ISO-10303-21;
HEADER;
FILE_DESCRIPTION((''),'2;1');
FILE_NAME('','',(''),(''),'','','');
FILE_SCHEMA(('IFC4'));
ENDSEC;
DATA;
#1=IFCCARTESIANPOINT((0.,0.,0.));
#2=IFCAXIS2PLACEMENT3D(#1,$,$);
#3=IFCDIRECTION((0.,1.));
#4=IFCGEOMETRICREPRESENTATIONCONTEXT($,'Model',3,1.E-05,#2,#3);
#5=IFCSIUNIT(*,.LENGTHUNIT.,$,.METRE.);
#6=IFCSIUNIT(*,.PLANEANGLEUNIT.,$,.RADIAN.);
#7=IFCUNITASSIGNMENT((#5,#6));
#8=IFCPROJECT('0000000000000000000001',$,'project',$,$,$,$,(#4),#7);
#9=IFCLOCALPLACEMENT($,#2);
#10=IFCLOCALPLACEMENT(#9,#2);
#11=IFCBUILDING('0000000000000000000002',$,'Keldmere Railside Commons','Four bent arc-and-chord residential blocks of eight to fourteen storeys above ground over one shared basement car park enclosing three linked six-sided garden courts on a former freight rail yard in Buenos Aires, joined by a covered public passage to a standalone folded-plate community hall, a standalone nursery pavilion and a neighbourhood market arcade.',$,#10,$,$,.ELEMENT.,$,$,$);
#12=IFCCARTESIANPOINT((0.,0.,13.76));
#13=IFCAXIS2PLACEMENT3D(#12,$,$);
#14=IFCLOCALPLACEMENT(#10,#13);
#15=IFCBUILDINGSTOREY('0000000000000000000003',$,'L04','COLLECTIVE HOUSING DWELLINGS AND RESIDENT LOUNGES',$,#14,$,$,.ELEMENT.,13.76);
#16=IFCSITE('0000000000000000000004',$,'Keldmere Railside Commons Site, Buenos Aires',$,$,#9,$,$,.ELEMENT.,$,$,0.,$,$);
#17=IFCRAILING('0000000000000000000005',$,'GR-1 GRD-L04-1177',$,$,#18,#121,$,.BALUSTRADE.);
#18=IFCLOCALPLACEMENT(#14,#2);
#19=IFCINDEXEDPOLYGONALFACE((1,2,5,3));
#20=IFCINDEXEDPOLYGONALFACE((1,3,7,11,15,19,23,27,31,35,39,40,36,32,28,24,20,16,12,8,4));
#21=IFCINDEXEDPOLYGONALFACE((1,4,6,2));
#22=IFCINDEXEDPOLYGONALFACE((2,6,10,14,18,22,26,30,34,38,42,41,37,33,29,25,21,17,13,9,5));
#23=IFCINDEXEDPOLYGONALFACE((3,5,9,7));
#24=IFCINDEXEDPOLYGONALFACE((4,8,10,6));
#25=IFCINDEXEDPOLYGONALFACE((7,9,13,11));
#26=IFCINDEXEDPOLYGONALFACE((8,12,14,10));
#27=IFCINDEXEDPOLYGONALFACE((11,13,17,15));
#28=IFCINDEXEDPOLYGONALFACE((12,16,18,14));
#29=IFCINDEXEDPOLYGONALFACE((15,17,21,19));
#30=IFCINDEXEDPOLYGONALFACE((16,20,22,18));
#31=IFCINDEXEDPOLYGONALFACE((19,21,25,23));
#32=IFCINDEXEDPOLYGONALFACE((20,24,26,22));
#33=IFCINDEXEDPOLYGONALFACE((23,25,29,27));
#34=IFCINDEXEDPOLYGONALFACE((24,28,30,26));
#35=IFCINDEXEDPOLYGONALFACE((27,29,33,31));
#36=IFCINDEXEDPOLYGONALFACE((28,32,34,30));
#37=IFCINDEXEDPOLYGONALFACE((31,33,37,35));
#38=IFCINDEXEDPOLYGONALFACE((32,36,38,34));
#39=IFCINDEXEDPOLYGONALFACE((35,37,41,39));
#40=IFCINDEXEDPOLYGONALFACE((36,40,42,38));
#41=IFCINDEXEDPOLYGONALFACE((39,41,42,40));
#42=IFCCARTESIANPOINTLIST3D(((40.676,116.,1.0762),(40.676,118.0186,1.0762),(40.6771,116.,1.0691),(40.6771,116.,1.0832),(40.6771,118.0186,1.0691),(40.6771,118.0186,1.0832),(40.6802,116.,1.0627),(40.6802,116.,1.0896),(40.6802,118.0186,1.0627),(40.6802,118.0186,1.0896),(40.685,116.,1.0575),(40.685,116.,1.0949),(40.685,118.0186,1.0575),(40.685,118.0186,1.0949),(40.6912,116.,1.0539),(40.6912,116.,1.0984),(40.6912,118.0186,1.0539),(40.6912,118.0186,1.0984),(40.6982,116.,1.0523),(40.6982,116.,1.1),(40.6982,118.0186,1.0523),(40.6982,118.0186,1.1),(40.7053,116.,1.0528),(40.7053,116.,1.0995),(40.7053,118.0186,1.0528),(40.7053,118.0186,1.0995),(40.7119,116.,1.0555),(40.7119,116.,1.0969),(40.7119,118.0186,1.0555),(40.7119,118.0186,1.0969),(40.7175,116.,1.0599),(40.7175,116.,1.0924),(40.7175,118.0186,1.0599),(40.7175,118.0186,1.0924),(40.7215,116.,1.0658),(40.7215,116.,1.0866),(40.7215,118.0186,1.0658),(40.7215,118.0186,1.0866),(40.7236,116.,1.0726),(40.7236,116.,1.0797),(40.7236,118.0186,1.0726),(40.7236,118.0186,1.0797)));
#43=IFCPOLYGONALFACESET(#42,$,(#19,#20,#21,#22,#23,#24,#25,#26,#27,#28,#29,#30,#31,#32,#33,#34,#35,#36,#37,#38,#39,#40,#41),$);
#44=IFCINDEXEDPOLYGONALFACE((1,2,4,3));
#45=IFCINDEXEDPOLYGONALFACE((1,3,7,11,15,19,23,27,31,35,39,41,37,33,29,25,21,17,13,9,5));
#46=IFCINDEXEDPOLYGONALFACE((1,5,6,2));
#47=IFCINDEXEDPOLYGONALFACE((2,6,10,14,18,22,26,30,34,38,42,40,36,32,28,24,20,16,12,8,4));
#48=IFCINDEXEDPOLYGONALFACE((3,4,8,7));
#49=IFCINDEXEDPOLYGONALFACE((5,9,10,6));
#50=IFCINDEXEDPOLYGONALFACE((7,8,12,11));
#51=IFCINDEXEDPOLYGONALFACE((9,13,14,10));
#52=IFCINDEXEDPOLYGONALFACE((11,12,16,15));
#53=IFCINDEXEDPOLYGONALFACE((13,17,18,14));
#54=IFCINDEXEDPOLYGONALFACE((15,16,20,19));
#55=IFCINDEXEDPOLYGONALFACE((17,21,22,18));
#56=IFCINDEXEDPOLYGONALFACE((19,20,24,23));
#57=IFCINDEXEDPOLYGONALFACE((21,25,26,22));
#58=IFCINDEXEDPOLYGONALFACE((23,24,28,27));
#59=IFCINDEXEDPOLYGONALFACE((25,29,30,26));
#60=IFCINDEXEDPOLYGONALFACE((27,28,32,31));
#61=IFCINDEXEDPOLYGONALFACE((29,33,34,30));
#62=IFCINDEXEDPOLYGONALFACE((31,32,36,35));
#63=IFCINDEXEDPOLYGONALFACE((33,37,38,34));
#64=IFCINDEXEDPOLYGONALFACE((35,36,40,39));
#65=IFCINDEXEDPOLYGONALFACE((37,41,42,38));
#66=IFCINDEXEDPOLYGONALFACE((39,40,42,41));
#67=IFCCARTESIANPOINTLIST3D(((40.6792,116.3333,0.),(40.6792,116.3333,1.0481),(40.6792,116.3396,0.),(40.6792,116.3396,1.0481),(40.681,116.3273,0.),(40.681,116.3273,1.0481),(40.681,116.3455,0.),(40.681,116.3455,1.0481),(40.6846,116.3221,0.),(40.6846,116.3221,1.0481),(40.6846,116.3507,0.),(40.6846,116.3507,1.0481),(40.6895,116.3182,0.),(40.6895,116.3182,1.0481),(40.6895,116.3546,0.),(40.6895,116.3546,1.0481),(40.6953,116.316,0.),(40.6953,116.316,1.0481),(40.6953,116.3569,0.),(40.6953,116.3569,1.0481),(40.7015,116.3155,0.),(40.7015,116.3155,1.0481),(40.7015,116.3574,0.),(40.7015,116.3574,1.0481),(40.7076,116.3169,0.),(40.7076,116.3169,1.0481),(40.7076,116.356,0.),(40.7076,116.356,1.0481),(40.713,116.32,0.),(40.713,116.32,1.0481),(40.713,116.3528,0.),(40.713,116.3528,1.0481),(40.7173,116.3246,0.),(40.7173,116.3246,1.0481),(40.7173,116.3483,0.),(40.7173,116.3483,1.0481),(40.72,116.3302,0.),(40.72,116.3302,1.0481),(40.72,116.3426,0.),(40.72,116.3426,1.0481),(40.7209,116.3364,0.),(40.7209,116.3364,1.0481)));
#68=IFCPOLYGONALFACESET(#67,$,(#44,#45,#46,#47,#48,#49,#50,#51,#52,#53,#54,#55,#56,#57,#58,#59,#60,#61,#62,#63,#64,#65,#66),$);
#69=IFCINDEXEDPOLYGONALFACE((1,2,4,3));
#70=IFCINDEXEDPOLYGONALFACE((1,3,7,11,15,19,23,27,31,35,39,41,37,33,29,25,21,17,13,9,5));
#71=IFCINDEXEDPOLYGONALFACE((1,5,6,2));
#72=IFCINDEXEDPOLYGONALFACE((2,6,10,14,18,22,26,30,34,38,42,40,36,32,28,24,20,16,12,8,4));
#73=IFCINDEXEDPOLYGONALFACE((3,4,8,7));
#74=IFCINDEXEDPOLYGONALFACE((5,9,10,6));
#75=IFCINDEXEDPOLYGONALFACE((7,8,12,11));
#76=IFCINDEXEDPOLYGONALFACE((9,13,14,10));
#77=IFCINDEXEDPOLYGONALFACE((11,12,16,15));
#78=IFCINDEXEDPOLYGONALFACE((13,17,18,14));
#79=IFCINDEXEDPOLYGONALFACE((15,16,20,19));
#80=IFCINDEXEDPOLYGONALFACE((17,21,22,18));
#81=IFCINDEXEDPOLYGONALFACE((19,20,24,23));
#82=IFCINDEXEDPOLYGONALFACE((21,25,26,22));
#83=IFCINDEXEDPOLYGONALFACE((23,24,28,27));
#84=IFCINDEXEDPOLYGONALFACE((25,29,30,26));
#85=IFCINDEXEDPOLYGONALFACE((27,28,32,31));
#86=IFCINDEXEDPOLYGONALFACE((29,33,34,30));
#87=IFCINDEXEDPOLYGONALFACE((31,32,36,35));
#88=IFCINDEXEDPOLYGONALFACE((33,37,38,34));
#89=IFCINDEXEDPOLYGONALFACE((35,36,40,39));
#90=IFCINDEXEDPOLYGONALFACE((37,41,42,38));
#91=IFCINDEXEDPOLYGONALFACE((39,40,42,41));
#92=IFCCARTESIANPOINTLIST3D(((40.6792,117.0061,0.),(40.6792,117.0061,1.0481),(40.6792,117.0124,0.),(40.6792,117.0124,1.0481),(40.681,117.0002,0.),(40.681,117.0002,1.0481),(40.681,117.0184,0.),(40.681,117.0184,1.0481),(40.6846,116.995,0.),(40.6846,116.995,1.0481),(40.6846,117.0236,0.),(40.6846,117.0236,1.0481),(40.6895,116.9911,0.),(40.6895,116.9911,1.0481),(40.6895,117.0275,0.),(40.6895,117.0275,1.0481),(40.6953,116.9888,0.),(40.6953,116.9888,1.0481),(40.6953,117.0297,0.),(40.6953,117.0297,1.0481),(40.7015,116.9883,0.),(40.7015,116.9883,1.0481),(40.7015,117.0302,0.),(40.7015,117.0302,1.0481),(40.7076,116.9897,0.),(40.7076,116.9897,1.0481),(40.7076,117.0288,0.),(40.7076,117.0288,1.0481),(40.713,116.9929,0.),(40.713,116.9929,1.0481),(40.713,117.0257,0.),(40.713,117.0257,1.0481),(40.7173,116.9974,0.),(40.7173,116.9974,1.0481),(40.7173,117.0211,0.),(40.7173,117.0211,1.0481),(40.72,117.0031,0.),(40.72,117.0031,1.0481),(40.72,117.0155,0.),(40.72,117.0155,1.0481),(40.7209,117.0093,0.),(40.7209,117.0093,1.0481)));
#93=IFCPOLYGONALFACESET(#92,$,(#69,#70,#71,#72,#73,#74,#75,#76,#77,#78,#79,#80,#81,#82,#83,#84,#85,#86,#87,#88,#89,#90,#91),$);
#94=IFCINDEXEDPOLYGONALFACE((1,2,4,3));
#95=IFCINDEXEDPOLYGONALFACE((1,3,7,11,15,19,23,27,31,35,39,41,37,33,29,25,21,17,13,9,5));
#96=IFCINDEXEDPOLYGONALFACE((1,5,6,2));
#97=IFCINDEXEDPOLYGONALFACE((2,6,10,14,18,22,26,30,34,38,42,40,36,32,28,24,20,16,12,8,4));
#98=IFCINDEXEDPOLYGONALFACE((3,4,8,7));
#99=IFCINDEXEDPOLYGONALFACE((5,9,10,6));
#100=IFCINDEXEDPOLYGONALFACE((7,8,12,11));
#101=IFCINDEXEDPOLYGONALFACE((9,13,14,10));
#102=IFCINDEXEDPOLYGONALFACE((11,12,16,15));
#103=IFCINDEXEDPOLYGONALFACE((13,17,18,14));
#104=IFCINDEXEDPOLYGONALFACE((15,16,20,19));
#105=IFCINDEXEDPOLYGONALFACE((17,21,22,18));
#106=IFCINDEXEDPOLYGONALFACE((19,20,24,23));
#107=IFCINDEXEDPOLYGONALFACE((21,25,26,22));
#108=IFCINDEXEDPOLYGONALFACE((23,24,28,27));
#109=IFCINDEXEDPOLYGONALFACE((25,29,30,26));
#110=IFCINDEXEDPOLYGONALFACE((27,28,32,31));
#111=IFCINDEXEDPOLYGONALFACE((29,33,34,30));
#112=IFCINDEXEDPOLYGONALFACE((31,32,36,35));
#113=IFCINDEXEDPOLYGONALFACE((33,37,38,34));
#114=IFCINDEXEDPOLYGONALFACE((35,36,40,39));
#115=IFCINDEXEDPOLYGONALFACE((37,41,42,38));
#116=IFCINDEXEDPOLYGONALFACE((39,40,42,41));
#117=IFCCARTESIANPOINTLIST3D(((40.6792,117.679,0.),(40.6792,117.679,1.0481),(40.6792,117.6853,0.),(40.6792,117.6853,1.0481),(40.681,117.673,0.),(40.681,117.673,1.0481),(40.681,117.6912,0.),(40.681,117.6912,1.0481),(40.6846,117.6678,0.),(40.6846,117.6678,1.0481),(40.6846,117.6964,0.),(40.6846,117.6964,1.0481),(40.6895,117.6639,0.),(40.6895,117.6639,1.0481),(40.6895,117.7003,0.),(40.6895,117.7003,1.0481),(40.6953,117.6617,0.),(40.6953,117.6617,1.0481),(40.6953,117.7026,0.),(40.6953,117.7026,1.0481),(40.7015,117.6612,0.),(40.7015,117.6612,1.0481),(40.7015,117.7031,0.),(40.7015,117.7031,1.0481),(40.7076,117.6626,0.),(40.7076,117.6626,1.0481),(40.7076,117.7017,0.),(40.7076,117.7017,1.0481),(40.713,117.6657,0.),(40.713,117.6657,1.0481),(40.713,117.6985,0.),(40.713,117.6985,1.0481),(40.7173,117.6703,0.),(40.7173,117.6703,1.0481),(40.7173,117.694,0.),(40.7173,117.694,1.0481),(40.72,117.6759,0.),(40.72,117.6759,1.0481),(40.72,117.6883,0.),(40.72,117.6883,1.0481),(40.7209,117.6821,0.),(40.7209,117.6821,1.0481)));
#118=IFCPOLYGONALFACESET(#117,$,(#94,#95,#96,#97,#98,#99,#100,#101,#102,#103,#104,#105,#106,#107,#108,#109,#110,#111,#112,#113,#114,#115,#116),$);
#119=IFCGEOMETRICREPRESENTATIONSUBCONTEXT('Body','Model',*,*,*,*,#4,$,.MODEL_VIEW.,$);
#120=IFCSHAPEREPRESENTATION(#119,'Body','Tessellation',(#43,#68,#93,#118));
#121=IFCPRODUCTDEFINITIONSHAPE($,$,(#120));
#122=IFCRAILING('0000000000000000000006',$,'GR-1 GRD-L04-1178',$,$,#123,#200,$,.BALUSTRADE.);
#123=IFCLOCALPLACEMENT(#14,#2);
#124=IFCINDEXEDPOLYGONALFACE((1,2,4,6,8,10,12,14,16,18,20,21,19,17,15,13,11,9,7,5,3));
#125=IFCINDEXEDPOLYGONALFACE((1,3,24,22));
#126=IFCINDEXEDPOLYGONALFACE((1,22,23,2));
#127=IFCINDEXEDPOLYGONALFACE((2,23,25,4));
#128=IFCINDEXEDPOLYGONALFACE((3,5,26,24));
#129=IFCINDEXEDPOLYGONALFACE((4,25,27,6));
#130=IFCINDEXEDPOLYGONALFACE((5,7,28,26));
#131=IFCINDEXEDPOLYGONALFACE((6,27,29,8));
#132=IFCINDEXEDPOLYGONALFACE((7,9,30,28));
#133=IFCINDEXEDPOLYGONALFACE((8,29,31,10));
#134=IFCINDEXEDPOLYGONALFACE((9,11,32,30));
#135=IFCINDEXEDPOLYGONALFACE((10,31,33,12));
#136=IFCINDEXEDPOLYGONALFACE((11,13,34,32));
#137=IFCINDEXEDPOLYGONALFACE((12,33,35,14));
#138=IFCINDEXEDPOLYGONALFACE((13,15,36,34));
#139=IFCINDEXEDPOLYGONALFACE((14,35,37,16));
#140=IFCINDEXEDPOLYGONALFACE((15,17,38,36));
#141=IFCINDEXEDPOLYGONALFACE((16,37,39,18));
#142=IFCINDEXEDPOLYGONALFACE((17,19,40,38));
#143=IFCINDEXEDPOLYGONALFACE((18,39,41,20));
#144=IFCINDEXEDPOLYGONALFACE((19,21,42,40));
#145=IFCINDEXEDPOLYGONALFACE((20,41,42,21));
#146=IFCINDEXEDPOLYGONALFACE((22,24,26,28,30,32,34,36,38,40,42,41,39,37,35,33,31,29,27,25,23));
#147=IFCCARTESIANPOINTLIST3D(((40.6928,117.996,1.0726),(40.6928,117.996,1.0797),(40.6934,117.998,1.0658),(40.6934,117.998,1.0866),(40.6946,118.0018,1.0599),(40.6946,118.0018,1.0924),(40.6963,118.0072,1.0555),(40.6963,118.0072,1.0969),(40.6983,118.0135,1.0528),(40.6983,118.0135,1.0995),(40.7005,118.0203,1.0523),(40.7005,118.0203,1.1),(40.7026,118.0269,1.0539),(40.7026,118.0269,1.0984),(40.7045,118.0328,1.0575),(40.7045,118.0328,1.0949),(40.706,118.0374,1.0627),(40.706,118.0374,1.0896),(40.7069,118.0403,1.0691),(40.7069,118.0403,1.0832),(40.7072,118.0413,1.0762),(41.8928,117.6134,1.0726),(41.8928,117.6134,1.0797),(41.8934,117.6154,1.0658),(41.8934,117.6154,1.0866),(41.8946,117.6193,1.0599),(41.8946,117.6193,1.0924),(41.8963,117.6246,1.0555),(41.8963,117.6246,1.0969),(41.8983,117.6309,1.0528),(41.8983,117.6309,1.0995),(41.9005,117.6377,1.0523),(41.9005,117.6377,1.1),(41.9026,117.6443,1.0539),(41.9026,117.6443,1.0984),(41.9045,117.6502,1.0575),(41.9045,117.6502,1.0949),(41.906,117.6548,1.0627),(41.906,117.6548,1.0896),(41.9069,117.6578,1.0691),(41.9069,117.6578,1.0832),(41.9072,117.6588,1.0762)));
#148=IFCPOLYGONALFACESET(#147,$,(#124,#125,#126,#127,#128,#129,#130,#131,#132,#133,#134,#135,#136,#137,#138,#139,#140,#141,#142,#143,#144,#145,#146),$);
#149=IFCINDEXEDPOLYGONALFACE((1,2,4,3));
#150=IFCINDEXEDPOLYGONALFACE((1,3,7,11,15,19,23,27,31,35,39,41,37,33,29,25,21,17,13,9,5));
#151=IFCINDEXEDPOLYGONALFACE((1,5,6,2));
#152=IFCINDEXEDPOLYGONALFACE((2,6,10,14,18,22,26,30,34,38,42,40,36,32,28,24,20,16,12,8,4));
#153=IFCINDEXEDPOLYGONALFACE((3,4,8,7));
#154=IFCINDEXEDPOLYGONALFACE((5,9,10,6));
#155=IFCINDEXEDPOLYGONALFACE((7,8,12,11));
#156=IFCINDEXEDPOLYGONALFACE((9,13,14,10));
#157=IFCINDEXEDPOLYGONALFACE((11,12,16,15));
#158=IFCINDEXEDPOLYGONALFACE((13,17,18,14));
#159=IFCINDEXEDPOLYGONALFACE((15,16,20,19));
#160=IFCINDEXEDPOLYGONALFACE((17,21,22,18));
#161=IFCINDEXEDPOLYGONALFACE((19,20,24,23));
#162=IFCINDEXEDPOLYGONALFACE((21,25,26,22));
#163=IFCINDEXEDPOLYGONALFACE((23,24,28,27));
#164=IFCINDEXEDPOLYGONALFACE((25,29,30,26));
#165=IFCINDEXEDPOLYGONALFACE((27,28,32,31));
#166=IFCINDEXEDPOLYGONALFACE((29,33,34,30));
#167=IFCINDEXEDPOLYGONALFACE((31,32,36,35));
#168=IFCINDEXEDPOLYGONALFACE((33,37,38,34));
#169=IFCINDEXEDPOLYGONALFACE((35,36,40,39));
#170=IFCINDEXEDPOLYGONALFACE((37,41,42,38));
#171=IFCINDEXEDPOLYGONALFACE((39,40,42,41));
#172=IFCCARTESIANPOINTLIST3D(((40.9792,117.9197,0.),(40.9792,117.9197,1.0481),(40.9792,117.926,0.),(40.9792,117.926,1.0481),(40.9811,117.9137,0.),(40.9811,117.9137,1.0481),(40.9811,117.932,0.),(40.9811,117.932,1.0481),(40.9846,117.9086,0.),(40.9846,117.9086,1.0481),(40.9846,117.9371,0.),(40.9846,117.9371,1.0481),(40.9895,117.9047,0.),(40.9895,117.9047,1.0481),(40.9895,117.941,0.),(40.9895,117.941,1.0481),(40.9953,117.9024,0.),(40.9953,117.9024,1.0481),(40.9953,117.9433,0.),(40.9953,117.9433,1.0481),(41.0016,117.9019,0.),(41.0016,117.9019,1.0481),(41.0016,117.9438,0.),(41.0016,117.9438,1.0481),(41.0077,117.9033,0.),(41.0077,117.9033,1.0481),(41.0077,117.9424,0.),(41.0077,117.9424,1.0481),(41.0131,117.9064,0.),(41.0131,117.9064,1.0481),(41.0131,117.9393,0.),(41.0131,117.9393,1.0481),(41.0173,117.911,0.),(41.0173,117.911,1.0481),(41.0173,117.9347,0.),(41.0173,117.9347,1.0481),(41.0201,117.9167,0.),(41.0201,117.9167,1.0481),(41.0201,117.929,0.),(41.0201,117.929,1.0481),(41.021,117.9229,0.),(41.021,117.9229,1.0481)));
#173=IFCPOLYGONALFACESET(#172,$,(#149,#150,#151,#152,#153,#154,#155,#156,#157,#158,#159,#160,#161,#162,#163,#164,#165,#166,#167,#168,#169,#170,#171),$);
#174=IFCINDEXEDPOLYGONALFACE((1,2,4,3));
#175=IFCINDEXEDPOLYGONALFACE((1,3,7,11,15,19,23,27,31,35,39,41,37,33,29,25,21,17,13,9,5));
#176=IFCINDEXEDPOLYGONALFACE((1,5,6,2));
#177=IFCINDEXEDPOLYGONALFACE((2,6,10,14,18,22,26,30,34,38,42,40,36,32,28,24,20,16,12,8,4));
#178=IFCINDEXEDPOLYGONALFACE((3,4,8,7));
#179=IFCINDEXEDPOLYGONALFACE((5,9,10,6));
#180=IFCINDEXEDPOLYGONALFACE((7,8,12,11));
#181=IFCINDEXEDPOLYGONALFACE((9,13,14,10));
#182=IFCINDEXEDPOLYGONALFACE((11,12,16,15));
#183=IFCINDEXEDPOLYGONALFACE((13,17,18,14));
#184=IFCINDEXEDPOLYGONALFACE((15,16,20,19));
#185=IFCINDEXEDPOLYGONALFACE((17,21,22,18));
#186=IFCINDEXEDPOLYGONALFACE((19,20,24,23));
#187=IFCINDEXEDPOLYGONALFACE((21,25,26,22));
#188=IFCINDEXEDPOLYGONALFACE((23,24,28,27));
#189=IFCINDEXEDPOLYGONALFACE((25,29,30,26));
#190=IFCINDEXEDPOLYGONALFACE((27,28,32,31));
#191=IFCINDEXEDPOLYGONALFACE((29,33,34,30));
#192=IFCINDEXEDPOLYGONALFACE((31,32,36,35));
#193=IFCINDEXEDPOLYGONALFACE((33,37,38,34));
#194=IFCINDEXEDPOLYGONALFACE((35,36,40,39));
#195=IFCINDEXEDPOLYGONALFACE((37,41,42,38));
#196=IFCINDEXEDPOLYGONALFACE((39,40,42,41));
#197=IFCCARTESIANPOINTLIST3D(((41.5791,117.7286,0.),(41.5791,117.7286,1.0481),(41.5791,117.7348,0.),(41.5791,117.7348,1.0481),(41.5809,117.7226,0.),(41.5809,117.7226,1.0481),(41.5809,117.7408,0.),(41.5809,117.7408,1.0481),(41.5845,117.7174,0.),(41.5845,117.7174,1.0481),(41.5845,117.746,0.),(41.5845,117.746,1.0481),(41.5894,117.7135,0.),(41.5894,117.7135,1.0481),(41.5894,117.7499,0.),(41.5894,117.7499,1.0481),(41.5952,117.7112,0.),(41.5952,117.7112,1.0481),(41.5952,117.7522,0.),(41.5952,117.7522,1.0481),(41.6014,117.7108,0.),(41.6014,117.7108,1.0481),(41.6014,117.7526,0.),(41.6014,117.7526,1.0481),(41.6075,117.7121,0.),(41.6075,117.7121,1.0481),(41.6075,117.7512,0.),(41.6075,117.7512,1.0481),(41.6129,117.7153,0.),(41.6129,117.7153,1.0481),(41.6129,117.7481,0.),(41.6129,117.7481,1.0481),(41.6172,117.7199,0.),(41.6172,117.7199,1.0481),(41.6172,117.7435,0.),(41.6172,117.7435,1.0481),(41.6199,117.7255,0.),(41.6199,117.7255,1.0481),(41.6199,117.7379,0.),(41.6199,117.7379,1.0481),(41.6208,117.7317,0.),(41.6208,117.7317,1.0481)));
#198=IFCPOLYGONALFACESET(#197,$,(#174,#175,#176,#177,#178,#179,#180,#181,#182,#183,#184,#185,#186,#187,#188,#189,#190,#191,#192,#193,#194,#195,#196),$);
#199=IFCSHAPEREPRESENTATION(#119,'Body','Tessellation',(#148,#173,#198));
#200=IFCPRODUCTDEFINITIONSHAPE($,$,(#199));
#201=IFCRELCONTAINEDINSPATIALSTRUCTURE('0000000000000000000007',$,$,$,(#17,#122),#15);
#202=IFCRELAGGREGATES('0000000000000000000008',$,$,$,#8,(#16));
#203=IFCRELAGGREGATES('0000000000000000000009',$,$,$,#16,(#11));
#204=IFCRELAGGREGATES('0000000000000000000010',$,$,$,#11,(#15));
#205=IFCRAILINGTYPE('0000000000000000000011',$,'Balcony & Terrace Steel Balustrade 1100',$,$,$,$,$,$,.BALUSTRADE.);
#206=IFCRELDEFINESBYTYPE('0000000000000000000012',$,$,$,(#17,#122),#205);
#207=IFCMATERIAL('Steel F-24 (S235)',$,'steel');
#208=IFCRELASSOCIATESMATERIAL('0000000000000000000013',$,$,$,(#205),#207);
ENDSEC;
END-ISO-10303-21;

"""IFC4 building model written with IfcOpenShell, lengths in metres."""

from ifc_helpers import new_model, si_unit, direction, frame, origin, origin_2d, place, context, subcontext, project, spatial, circle, extrude, material, type_object, element, save


model = new_model("IFC4")

# Units and contexts
model_context = context("Model", 3, precision=1e-05, world=origin(), true_north=direction((0.0, 1.0)))
body_context = subcontext(model_context, "Body", "Model", "MODEL_VIEW")
ifc_project = project(units=[si_unit("LENGTHUNIT", "METRE"), si_unit("PLANEANGLEUNIT", "RADIAN")], contexts=[model_context])

# Site, building, storey
site_placement = place(None, origin())
site = spatial("IfcSite", under=ifc_project, at=site_placement, Name="Keldmere Railside Commons Site, Buenos Aires", CompositionType="ELEMENT", RefElevation=0.0)
building_placement = place(site_placement, origin())
building = spatial("IfcBuilding", under=site, at=building_placement, Name="Keldmere Railside Commons", Description="Four bent arc-and-chord residential blocks of eight to fourteen storeys above ground over one shared basement car park enclosing three linked six-sided garden courts on a former freight rail yard in Buenos Aires, joined by a covered public passage to a standalone folded-plate community hall, a standalone nursery pavilion and a neighbourhood market arcade.", CompositionType="ELEMENT")
storey_placement = place(building_placement, frame((0.0, 0.0, 13.76)))
storey = spatial("IfcBuildingStorey", under=building, at=storey_placement, Name="L04", Description="COLLECTIVE HOUSING DWELLINGS AND RESIDENT LOUNGES", CompositionType="ELEMENT", Elevation=13.76)

# Railings
ifc_material_1 = material(Name="Steel F-24 (S235)", Category="steel")
railing_type = type_object("IfcRailingType", Name="Balcony & Terrace Steel Balustrade 1100", PredefinedType="BALUSTRADE", material=ifc_material_1)
railing_1_placement = place(storey_placement, frame((40.7, 116.0, 0.0)))
element("IfcRailing", 1, at=railing_1_placement, inside=storey, type_object=railing_type, Name="GR-1 GRD-L04-1177", PredefinedType="BALUSTRADE", context=body_context, shape_type="SweptSolid", body=[
    extrude(circle(Radius=0.0239, at=origin_2d()), frame((0.0, 0.0, 1.0762), z_axis=(0.0, 1.0, 0.0), x_axis=(-1.0, 0.0, 0.0)), (0.0, 0.0, 1.0), 2.0186),
    extrude(circle(Radius=0.021, at=origin_2d()), frame((0.0, 0.3364, 0.0)), (0.0, 0.0, 1.0), 1.0481),
    extrude(circle(Radius=0.021, at=origin_2d()), frame((0.0, 1.0093, 0.0)), (0.0, 0.0, 1.0), 1.0481),
    extrude(circle(Radius=0.021, at=origin_2d()), frame((0.0, 1.6821, 0.0)), (0.0, 0.0, 1.0), 1.0481),
])
railing_2_placement = place(storey_placement, frame((40.7, 118.0186, 0.0)))
element("IfcRailing", 2, at=railing_2_placement, inside=storey, type_object=railing_type, Name="GR-1 GRD-L04-1178", PredefinedType="BALUSTRADE", context=body_context, shape_type="SweptSolid", body=[
    extrude(circle(Radius=0.0239, at=origin_2d()), frame((0.0, 0.0, 1.0762), z_axis=(0.95275, -0.303756, 0.0), x_axis=(0.303756, 0.95275, 0.0)), (0.0, 0.0, 1.0), 1.2595),
    extrude(circle(Radius=0.021, at=origin_2d()), frame((0.3, -0.0957, 0.0)), (0.0, 0.0, 1.0), 1.0481),
    extrude(circle(Radius=0.021, at=origin_2d()), frame((0.8999, -0.2869, 0.0)), (0.0, 0.0, 1.0), 1.0481),
])

save(model, "model.ifc")
